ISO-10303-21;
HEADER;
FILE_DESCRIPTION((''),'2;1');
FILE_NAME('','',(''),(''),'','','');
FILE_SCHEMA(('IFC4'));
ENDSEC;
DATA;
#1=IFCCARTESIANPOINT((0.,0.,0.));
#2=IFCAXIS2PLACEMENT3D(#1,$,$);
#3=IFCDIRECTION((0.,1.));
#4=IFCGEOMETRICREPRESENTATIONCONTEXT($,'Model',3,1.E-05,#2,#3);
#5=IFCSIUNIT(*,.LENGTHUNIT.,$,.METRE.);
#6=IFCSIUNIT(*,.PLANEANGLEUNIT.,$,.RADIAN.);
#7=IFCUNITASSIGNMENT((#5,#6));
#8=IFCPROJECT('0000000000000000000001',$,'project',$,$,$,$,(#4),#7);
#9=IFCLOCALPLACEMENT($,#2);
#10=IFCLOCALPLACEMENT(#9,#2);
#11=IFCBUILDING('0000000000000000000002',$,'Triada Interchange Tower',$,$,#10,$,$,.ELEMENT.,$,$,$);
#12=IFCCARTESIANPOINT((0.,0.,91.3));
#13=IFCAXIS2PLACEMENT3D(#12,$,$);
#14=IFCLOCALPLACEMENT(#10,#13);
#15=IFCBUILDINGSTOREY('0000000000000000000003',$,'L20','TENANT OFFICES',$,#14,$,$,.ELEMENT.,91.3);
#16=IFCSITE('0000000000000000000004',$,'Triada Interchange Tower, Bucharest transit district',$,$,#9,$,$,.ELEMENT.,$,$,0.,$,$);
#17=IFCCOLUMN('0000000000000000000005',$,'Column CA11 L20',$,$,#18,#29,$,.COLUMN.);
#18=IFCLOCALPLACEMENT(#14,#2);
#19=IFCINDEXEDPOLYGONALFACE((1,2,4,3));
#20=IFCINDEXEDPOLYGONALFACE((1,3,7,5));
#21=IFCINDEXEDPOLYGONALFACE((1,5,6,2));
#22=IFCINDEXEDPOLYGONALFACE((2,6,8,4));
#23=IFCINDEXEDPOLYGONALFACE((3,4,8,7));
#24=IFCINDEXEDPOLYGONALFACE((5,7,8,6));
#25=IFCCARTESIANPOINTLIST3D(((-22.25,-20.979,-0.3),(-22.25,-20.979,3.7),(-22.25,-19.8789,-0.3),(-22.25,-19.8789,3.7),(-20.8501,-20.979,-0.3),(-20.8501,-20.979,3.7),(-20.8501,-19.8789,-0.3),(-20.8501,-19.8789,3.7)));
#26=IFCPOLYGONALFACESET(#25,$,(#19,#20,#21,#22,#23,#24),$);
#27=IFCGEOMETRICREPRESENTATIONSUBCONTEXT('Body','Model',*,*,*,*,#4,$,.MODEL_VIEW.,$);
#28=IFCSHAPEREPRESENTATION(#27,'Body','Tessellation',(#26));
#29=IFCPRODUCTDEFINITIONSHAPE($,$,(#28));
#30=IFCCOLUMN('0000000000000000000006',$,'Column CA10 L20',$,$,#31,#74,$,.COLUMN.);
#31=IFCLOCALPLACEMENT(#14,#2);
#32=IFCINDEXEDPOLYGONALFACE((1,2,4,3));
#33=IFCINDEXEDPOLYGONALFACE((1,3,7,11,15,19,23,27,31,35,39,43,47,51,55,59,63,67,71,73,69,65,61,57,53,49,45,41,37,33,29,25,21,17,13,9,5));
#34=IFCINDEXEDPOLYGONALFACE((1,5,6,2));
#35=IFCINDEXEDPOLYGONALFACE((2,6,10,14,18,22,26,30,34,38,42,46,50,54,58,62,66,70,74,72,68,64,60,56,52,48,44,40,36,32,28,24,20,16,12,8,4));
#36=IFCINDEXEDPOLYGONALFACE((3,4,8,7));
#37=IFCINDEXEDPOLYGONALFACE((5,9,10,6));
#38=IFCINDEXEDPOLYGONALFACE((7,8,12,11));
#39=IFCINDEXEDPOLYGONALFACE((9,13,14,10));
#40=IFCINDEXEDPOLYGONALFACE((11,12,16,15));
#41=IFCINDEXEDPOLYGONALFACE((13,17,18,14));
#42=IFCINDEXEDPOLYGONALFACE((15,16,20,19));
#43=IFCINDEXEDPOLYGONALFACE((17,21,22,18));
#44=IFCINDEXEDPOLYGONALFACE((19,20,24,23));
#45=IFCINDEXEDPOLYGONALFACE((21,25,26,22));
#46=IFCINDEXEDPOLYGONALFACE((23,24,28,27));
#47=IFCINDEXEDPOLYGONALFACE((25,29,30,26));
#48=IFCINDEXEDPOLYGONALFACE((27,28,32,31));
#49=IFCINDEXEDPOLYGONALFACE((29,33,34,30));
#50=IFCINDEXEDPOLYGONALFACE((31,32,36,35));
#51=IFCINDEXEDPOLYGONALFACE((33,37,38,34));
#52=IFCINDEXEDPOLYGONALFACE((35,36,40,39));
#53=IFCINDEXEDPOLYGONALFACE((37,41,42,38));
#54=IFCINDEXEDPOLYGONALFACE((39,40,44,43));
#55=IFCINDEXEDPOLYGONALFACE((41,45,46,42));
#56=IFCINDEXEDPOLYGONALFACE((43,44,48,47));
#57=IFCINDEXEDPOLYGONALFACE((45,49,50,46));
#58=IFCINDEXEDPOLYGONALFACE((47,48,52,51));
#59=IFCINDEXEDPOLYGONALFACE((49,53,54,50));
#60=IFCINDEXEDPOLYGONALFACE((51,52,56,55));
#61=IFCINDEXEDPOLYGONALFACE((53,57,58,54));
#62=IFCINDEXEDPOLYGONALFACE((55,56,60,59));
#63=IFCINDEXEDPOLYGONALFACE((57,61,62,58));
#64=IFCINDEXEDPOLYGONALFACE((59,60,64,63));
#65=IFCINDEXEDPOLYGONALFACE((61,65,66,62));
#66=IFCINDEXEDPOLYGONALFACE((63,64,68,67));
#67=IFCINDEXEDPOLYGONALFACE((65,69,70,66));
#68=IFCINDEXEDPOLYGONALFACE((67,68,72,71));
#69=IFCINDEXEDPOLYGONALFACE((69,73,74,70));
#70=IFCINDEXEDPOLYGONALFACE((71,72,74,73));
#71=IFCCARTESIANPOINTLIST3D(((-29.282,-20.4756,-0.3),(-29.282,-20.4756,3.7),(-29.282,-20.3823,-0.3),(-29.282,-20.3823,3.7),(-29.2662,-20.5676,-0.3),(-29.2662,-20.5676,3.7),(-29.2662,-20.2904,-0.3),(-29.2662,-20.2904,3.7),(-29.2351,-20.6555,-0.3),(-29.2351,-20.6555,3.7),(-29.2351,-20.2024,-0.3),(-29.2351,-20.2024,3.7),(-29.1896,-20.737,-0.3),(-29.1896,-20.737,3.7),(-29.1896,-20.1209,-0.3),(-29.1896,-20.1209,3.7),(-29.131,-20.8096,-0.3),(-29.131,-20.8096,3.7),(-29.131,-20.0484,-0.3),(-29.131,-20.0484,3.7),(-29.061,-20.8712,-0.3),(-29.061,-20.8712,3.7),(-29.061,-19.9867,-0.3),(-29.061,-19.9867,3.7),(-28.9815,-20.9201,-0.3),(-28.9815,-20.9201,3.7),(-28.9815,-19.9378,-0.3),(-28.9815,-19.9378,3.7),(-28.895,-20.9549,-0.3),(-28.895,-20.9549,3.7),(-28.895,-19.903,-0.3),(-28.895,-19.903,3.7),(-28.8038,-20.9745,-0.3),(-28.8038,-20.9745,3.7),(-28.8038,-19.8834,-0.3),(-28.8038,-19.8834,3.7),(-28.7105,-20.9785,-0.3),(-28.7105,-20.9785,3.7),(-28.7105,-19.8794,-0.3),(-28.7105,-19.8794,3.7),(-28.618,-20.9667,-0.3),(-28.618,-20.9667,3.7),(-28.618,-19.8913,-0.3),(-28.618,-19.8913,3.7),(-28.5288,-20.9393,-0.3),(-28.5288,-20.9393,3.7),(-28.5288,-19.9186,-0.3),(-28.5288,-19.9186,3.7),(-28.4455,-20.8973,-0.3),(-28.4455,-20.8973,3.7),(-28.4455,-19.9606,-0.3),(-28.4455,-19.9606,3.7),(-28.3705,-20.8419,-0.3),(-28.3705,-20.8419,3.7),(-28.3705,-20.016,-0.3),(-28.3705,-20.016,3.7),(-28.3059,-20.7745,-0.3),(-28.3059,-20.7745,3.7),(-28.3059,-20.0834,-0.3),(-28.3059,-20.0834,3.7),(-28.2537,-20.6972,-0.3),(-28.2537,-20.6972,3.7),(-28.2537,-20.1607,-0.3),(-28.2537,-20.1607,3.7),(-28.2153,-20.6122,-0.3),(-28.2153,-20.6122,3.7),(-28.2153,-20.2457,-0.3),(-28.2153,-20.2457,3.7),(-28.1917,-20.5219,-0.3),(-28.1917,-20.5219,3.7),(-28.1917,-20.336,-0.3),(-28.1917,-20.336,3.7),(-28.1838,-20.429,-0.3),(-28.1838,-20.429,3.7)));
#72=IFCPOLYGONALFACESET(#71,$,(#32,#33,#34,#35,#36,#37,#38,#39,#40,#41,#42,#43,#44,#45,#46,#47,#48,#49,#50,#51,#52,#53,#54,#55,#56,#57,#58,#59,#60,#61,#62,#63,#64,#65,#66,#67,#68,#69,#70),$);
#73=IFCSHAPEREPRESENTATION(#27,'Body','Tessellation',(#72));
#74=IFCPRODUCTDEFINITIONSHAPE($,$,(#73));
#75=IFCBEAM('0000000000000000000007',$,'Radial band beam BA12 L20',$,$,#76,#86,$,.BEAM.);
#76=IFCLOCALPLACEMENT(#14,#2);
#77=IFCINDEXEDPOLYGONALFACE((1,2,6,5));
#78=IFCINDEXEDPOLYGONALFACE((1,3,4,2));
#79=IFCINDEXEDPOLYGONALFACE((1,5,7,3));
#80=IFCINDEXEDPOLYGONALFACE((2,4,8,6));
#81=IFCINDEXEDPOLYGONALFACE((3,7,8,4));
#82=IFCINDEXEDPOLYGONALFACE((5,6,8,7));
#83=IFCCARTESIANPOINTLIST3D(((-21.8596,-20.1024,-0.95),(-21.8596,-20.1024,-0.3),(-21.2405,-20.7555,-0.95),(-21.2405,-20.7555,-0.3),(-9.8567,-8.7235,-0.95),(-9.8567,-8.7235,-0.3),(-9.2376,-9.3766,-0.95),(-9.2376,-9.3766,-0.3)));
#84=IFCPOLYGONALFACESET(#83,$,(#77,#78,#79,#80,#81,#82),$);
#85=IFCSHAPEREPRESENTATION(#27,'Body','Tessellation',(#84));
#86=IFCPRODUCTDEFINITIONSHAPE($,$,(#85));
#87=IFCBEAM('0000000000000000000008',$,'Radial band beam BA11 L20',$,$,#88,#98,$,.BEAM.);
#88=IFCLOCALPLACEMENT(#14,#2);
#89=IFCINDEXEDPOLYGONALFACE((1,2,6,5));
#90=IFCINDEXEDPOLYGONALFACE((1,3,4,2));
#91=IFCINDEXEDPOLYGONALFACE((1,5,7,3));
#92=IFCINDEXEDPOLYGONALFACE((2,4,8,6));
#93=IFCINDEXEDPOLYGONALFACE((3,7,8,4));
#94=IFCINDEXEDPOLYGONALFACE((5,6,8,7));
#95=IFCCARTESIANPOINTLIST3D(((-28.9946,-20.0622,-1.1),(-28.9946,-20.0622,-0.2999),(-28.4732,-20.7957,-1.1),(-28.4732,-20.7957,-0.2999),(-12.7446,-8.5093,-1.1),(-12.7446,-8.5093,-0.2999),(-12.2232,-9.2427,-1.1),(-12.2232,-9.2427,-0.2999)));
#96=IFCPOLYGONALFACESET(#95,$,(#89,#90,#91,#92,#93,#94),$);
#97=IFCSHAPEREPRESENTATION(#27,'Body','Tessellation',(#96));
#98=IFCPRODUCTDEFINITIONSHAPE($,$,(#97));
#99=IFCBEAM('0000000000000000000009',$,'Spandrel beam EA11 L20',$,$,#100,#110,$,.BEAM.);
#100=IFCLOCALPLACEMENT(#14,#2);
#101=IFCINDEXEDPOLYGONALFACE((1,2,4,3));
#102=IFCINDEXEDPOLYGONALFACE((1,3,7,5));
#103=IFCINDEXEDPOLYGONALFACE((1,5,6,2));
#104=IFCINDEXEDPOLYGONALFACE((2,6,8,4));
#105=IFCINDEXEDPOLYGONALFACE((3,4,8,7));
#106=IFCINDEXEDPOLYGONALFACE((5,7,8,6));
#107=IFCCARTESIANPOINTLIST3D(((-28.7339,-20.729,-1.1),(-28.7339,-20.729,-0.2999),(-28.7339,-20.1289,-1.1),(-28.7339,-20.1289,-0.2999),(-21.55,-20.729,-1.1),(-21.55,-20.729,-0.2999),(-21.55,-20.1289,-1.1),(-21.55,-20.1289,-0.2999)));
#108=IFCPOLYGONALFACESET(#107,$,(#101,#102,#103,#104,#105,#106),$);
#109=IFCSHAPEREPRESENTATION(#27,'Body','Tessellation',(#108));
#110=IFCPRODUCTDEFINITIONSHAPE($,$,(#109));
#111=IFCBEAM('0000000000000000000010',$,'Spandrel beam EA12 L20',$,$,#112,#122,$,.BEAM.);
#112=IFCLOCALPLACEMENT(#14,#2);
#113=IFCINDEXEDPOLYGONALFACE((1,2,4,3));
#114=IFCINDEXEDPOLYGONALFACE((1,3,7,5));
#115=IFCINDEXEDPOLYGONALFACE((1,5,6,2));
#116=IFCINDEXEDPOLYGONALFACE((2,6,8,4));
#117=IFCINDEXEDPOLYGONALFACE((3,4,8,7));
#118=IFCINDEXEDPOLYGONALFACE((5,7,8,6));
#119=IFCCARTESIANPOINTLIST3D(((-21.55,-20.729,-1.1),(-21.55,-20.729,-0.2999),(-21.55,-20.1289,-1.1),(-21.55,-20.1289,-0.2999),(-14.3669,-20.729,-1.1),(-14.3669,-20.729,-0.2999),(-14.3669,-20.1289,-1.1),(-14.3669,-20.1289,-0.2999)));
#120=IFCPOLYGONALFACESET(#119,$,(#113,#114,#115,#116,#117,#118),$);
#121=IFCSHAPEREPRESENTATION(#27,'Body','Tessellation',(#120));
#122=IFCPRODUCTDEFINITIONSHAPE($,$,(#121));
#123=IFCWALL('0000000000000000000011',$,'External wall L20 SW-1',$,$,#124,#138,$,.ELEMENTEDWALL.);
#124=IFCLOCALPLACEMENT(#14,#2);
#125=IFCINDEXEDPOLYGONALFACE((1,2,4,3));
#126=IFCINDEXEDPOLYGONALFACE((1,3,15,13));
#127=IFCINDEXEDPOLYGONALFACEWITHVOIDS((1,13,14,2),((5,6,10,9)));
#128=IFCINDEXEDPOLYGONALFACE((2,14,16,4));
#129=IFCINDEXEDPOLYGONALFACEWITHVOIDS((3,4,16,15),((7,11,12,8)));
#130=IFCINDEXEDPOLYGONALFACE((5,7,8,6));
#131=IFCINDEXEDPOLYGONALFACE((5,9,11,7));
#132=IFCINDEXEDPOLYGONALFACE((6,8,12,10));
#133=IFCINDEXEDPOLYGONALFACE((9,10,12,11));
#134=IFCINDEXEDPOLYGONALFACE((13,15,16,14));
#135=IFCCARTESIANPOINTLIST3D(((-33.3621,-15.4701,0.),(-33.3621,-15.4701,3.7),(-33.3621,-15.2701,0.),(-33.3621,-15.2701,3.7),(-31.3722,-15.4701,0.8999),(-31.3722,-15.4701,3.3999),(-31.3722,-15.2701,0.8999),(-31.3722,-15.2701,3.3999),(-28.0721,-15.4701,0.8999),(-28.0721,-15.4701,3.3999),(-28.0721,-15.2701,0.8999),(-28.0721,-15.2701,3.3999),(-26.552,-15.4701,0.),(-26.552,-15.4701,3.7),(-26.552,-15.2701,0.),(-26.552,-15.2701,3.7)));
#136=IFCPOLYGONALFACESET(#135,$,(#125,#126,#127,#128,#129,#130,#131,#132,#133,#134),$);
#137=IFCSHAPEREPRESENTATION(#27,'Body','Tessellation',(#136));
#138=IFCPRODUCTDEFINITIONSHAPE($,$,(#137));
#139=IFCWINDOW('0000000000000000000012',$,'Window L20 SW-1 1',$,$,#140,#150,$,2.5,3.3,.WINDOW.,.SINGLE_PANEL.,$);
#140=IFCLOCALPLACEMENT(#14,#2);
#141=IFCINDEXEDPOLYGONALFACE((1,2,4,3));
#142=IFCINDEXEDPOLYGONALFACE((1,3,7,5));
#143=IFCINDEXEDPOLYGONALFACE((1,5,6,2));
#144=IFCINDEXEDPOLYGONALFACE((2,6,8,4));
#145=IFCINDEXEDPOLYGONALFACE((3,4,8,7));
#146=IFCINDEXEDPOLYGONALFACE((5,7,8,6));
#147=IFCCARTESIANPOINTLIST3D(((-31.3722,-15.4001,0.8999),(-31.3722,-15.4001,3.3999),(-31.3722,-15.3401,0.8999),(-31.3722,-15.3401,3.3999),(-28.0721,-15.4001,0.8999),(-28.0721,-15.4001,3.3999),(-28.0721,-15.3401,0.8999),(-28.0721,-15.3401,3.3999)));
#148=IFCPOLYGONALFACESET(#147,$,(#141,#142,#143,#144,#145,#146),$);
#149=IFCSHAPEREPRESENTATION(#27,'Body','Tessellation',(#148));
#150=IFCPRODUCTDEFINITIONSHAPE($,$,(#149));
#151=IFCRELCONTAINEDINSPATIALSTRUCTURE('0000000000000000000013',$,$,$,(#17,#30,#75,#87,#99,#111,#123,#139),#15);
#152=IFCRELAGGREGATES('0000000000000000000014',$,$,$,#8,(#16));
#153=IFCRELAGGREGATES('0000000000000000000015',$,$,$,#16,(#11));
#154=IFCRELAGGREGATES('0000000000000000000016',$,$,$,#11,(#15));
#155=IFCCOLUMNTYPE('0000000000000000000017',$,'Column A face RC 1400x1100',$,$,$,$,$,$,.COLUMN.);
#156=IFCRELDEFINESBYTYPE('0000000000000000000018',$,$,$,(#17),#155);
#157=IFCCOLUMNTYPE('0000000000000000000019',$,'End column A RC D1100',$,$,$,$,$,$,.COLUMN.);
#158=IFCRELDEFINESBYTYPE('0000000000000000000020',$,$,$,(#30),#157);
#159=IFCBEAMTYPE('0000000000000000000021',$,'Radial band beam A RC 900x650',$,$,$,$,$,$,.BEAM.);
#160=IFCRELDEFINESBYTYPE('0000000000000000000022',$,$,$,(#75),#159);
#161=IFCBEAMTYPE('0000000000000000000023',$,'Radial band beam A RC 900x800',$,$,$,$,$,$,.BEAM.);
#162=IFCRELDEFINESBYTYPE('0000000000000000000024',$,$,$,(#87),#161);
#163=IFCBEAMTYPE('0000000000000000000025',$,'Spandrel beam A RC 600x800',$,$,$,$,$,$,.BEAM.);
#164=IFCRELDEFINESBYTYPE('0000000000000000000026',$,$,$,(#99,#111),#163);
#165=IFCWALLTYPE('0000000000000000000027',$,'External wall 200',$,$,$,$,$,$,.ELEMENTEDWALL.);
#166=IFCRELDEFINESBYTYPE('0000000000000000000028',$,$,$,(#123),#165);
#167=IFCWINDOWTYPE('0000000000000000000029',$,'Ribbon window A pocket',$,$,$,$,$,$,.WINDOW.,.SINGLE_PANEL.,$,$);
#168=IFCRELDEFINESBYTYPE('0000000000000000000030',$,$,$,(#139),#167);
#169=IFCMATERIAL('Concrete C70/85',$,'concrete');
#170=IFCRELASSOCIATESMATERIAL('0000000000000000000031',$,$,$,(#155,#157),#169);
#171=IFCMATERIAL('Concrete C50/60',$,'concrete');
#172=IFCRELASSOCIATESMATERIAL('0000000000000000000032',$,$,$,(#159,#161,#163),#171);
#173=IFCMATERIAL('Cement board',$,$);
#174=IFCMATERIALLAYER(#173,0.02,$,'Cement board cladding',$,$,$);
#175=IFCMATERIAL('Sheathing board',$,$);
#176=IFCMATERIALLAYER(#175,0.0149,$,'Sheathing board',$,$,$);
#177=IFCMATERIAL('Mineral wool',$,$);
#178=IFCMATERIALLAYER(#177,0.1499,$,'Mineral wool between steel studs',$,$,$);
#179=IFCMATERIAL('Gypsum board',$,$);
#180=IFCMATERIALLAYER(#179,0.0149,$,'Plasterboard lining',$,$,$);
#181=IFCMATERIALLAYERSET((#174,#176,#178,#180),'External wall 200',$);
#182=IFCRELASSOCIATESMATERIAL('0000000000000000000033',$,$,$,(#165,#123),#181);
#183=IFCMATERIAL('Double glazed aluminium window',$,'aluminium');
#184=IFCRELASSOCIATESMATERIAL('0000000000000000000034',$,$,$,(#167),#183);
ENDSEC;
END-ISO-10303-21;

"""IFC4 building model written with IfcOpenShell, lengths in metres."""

from ifc_helpers import new_model, si_unit, direction, frame, frame_2d, origin, origin_2d, place, context, subcontext, project, spatial, rectangle, circle, extrude, material, layer, layer_set, layer_usage, material_profile, profile_set, type_object, element, fill, save


model = new_model("IFC4")

# Units and contexts
model_context = context("Model", 3, precision=1e-05, world=origin(), true_north=direction((0.0, 1.0)))
body_context = subcontext(model_context, "Body", "Model", "MODEL_VIEW")
ifc_project = project(units=[si_unit("LENGTHUNIT", "METRE"), si_unit("PLANEANGLEUNIT", "RADIAN")], contexts=[model_context])

# Site, building, storey
site_placement = place(None, origin())
site = spatial("IfcSite", under=ifc_project, at=site_placement, Name="Triada Interchange Tower, Bucharest transit district", CompositionType="ELEMENT", RefElevation=0.0)
building_placement = place(site_placement, origin())
building = spatial("IfcBuilding", under=site, at=building_placement, Name="Triada Interchange Tower", CompositionType="ELEMENT")
storey_placement = place(building_placement, frame((0.0, 0.0, 91.3)))
storey = spatial("IfcBuildingStorey", under=building, at=storey_placement, Name="L20", Description="TENANT OFFICES", CompositionType="ELEMENT", Elevation=91.3)

# Columns
ifc_material_1 = material(Name="Concrete C70/85", Category="concrete")
ifc_material_profile_1 = material_profile(ifc_material_1, rectangle(XDim=1.3999, YDim=1.1001, at=origin_2d()), Name="RC 1400x1100")
ifc_profile_set_1 = profile_set([ifc_material_profile_1], Name="Concrete C70/85")
column_type_1 = type_object("IfcColumnType", Name="Column A face RC 1400x1100", PredefinedType="COLUMN", material=ifc_profile_set_1)
column_1_placement = place(storey_placement, frame((-21.55, -20.429, -0.3), z_axis=(0.0, 0.0, 1.0), x_axis=(1.0, 0.0, 0.0)))
element("IfcColumn", 1, at=column_1_placement, inside=storey, type_object=column_type_1, Name="Column CA11 L20", PredefinedType="COLUMN", context=body_context, shape_type="SweptSolid", body=[
    extrude(rectangle(XDim=1.3999, YDim=1.1001, at=origin_2d()), origin(), (0.0, 0.0, 1.0), 4.0),
])
ifc_material_profile_2 = material_profile(ifc_material_1, circle(Radius=0.55, at=origin_2d()), Name="RC D1100")
ifc_profile_set_2 = profile_set([ifc_material_profile_2], Name="Concrete C70/85")
column_type_2 = type_object("IfcColumnType", Name="End column A RC D1100", PredefinedType="COLUMN", material=ifc_profile_set_2)
column_2_placement = place(storey_placement, frame((-28.7339, -20.429, -0.3), z_axis=(0.0, 0.0, 1.0), x_axis=(1.0, 0.0, 0.0)))
element("IfcColumn", 2, at=column_2_placement, inside=storey, type_object=column_type_2, Name="Column CA10 L20", PredefinedType="COLUMN", context=body_context, shape_type="SweptSolid", body=[
    extrude(circle(Radius=0.55, at=origin_2d()), origin(), (0.0, 0.0, 1.0), 4.0),
])

# Beams
ifc_material_2 = material(Name="Concrete C50/60", Category="concrete")
ifc_material_profile_3 = material_profile(ifc_material_2, rectangle(XDim=0.8999, YDim=0.6499, at=origin_2d()), Name="RC 900x650")
ifc_profile_set_3 = profile_set([ifc_material_profile_3], Name="Concrete C50/60")
beam_type_1 = type_object("IfcBeamType", Name="Radial band beam A RC 900x650", PredefinedType="BEAM", material=ifc_profile_set_3)
beam_1_placement = place(storey_placement, frame((-21.55, -20.429, -0.625), z_axis=(0.72572, 0.68799, 0.0), x_axis=(-0.68799, 0.72572, 0.0)))
element("IfcBeam", 3, at=beam_1_placement, inside=storey, type_object=beam_type_1, Name="Radial band beam BA12 L20", PredefinedType="BEAM", context=body_context, shape_type="SweptSolid", body=[
    extrude(rectangle(XDim=0.8999, YDim=0.6499, at=origin_2d()), origin(), (0.0, 0.0, 1.0), 16.5393),
])
ifc_material_profile_4 = material_profile(ifc_material_2, rectangle(XDim=0.8999, YDim=0.8, at=origin_2d()), Name="RC 900x800")
ifc_profile_set_4 = profile_set([ifc_material_profile_4], Name="Concrete C50/60")
beam_type_2 = type_object("IfcBeamType", Name="Radial band beam A RC 900x800", PredefinedType="BEAM", material=ifc_profile_set_4)
beam_2_placement = place(storey_placement, frame((-28.7339, -20.429, -0.7), z_axis=(0.815016, 0.579438, 0.0), x_axis=(-0.579438, 0.815016, 0.0)))
element("IfcBeam", 4, at=beam_2_placement, inside=storey, type_object=beam_type_2, Name="Radial band beam BA11 L20", PredefinedType="BEAM", context=body_context, shape_type="SweptSolid", body=[
    extrude(rectangle(XDim=0.8999, YDim=0.8, at=origin_2d()), origin(), (0.0, 0.0, 1.0), 19.9382),
])
ifc_material_profile_5 = material_profile(ifc_material_2, rectangle(XDim=0.6001, YDim=0.8, at=origin_2d()), Name="RC 600x800")
ifc_profile_set_5 = profile_set([ifc_material_profile_5], Name="Concrete C50/60")
beam_type_3 = type_object("IfcBeamType", Name="Spandrel beam A RC 600x800", PredefinedType="BEAM", material=ifc_profile_set_5)
beam_3_placement = place(storey_placement, frame((-28.7339, -20.429, -0.7), z_axis=(1.0, 0.0, 0.0), x_axis=(0.0, 1.0, 0.0)))
element("IfcBeam", 5, at=beam_3_placement, inside=storey, type_object=beam_type_3, Name="Spandrel beam EA11 L20", PredefinedType="BEAM", context=body_context, shape_type="SweptSolid", body=[
    extrude(rectangle(XDim=0.6001, YDim=0.8, at=origin_2d()), origin(), (0.0, 0.0, 1.0), 7.1838),
])
beam_4_placement = place(storey_placement, frame((-21.55, -20.429, -0.7), z_axis=(1.0, 0.0, 0.0), x_axis=(0.0, 1.0, 0.0)))
element("IfcBeam", 6, at=beam_4_placement, inside=storey, type_object=beam_type_3, Name="Spandrel beam EA12 L20", PredefinedType="BEAM", context=body_context, shape_type="SweptSolid", body=[
    extrude(rectangle(XDim=0.6001, YDim=0.8, at=origin_2d()), origin(), (0.0, 0.0, 1.0), 7.1831),
])

# Wall, opening, window
ifc_material_3 = material(Name="Cement board")
ifc_layer_1 = layer(ifc_material_3, 0.02, Name="Cement board cladding")
ifc_material_4 = material(Name="Sheathing board")
ifc_layer_2 = layer(ifc_material_4, 0.0149, Name="Sheathing board")
ifc_material_5 = material(Name="Mineral wool")
ifc_layer_3 = layer(ifc_material_5, 0.1499, Name="Mineral wool between steel studs")
ifc_material_6 = material(Name="Gypsum board")
ifc_layer_4 = layer(ifc_material_6, 0.0149, Name="Plasterboard lining")
ifc_layer_set_1 = layer_set([ifc_layer_1, ifc_layer_2, ifc_layer_3, ifc_layer_4], Name="External wall 200")
ifc_layer_usage = layer_usage(ifc_layer_set_1, "AXIS2", "POSITIVE", -0.1001)
wall_type_1 = type_object("IfcWallType", Name="External wall 200", PredefinedType="ELEMENTEDWALL", material=ifc_layer_set_1)
wall_1_placement = place(storey_placement, frame((-33.3621, -15.3701, 0.0), z_axis=(0.0, 0.0, 1.0), x_axis=(1.0, 0.0, 0.0)))
wall_1 = element("IfcWall", 7, at=wall_1_placement, inside=storey, type_object=wall_type_1, material=ifc_layer_usage, Name="External wall L20 SW-1", PredefinedType="ELEMENTEDWALL", context=body_context, shape_type="SweptSolid", body=[
    extrude(rectangle(XDim=6.8101, YDim=0.2, at=frame_2d((3.405, 0.0))), origin(), (0.0, 0.0, 1.0), 3.7),
])
opening_1_placement = place(wall_1_placement, frame((1.99, 0.0, 0.8999)))
opening_1 = element("IfcOpeningElement", 8, at=opening_1_placement, cuts=wall_1, PredefinedType="OPENING", context=body_context, shape_type="SweptSolid", body=[
    extrude(rectangle(XDim=3.3, YDim=2.5, at=frame_2d((1.6499, 1.25))), frame((0.0, 0.1099, 0.0), z_axis=(0.0, -1.0, 0.0), x_axis=(1.0, 0.0, 0.0)), (0.0, 0.0, 1.0), 0.22),
])
ifc_material_7 = material(Name="Double glazed aluminium window", Category="aluminium")
window_type_1 = type_object("IfcWindowType", Name="Ribbon window A pocket", PartitioningType="SINGLE_PANEL", PredefinedType="WINDOW", material=ifc_material_7)
window_1_placement = place(opening_1_placement, origin())
window_1 = element("IfcWindow", 9, at=window_1_placement, inside=storey, type_object=window_type_1, Name="Window L20 SW-1 1", OverallHeight=2.5, OverallWidth=3.3, PartitioningType="SINGLE_PANEL", PredefinedType="WINDOW", context=body_context, shape_type="SweptSolid", body=[
    extrude(rectangle(XDim=3.3, YDim=2.5, at=frame_2d((1.6499, 1.25))), frame((0.0, 0.03, 0.0), z_axis=(0.0, -1.0, 0.0), x_axis=(1.0, 0.0, 0.0)), (0.0, 0.0, 1.0), 0.0601),
])
fill(opening_1, window_1)

save(model, "model.ifc")
